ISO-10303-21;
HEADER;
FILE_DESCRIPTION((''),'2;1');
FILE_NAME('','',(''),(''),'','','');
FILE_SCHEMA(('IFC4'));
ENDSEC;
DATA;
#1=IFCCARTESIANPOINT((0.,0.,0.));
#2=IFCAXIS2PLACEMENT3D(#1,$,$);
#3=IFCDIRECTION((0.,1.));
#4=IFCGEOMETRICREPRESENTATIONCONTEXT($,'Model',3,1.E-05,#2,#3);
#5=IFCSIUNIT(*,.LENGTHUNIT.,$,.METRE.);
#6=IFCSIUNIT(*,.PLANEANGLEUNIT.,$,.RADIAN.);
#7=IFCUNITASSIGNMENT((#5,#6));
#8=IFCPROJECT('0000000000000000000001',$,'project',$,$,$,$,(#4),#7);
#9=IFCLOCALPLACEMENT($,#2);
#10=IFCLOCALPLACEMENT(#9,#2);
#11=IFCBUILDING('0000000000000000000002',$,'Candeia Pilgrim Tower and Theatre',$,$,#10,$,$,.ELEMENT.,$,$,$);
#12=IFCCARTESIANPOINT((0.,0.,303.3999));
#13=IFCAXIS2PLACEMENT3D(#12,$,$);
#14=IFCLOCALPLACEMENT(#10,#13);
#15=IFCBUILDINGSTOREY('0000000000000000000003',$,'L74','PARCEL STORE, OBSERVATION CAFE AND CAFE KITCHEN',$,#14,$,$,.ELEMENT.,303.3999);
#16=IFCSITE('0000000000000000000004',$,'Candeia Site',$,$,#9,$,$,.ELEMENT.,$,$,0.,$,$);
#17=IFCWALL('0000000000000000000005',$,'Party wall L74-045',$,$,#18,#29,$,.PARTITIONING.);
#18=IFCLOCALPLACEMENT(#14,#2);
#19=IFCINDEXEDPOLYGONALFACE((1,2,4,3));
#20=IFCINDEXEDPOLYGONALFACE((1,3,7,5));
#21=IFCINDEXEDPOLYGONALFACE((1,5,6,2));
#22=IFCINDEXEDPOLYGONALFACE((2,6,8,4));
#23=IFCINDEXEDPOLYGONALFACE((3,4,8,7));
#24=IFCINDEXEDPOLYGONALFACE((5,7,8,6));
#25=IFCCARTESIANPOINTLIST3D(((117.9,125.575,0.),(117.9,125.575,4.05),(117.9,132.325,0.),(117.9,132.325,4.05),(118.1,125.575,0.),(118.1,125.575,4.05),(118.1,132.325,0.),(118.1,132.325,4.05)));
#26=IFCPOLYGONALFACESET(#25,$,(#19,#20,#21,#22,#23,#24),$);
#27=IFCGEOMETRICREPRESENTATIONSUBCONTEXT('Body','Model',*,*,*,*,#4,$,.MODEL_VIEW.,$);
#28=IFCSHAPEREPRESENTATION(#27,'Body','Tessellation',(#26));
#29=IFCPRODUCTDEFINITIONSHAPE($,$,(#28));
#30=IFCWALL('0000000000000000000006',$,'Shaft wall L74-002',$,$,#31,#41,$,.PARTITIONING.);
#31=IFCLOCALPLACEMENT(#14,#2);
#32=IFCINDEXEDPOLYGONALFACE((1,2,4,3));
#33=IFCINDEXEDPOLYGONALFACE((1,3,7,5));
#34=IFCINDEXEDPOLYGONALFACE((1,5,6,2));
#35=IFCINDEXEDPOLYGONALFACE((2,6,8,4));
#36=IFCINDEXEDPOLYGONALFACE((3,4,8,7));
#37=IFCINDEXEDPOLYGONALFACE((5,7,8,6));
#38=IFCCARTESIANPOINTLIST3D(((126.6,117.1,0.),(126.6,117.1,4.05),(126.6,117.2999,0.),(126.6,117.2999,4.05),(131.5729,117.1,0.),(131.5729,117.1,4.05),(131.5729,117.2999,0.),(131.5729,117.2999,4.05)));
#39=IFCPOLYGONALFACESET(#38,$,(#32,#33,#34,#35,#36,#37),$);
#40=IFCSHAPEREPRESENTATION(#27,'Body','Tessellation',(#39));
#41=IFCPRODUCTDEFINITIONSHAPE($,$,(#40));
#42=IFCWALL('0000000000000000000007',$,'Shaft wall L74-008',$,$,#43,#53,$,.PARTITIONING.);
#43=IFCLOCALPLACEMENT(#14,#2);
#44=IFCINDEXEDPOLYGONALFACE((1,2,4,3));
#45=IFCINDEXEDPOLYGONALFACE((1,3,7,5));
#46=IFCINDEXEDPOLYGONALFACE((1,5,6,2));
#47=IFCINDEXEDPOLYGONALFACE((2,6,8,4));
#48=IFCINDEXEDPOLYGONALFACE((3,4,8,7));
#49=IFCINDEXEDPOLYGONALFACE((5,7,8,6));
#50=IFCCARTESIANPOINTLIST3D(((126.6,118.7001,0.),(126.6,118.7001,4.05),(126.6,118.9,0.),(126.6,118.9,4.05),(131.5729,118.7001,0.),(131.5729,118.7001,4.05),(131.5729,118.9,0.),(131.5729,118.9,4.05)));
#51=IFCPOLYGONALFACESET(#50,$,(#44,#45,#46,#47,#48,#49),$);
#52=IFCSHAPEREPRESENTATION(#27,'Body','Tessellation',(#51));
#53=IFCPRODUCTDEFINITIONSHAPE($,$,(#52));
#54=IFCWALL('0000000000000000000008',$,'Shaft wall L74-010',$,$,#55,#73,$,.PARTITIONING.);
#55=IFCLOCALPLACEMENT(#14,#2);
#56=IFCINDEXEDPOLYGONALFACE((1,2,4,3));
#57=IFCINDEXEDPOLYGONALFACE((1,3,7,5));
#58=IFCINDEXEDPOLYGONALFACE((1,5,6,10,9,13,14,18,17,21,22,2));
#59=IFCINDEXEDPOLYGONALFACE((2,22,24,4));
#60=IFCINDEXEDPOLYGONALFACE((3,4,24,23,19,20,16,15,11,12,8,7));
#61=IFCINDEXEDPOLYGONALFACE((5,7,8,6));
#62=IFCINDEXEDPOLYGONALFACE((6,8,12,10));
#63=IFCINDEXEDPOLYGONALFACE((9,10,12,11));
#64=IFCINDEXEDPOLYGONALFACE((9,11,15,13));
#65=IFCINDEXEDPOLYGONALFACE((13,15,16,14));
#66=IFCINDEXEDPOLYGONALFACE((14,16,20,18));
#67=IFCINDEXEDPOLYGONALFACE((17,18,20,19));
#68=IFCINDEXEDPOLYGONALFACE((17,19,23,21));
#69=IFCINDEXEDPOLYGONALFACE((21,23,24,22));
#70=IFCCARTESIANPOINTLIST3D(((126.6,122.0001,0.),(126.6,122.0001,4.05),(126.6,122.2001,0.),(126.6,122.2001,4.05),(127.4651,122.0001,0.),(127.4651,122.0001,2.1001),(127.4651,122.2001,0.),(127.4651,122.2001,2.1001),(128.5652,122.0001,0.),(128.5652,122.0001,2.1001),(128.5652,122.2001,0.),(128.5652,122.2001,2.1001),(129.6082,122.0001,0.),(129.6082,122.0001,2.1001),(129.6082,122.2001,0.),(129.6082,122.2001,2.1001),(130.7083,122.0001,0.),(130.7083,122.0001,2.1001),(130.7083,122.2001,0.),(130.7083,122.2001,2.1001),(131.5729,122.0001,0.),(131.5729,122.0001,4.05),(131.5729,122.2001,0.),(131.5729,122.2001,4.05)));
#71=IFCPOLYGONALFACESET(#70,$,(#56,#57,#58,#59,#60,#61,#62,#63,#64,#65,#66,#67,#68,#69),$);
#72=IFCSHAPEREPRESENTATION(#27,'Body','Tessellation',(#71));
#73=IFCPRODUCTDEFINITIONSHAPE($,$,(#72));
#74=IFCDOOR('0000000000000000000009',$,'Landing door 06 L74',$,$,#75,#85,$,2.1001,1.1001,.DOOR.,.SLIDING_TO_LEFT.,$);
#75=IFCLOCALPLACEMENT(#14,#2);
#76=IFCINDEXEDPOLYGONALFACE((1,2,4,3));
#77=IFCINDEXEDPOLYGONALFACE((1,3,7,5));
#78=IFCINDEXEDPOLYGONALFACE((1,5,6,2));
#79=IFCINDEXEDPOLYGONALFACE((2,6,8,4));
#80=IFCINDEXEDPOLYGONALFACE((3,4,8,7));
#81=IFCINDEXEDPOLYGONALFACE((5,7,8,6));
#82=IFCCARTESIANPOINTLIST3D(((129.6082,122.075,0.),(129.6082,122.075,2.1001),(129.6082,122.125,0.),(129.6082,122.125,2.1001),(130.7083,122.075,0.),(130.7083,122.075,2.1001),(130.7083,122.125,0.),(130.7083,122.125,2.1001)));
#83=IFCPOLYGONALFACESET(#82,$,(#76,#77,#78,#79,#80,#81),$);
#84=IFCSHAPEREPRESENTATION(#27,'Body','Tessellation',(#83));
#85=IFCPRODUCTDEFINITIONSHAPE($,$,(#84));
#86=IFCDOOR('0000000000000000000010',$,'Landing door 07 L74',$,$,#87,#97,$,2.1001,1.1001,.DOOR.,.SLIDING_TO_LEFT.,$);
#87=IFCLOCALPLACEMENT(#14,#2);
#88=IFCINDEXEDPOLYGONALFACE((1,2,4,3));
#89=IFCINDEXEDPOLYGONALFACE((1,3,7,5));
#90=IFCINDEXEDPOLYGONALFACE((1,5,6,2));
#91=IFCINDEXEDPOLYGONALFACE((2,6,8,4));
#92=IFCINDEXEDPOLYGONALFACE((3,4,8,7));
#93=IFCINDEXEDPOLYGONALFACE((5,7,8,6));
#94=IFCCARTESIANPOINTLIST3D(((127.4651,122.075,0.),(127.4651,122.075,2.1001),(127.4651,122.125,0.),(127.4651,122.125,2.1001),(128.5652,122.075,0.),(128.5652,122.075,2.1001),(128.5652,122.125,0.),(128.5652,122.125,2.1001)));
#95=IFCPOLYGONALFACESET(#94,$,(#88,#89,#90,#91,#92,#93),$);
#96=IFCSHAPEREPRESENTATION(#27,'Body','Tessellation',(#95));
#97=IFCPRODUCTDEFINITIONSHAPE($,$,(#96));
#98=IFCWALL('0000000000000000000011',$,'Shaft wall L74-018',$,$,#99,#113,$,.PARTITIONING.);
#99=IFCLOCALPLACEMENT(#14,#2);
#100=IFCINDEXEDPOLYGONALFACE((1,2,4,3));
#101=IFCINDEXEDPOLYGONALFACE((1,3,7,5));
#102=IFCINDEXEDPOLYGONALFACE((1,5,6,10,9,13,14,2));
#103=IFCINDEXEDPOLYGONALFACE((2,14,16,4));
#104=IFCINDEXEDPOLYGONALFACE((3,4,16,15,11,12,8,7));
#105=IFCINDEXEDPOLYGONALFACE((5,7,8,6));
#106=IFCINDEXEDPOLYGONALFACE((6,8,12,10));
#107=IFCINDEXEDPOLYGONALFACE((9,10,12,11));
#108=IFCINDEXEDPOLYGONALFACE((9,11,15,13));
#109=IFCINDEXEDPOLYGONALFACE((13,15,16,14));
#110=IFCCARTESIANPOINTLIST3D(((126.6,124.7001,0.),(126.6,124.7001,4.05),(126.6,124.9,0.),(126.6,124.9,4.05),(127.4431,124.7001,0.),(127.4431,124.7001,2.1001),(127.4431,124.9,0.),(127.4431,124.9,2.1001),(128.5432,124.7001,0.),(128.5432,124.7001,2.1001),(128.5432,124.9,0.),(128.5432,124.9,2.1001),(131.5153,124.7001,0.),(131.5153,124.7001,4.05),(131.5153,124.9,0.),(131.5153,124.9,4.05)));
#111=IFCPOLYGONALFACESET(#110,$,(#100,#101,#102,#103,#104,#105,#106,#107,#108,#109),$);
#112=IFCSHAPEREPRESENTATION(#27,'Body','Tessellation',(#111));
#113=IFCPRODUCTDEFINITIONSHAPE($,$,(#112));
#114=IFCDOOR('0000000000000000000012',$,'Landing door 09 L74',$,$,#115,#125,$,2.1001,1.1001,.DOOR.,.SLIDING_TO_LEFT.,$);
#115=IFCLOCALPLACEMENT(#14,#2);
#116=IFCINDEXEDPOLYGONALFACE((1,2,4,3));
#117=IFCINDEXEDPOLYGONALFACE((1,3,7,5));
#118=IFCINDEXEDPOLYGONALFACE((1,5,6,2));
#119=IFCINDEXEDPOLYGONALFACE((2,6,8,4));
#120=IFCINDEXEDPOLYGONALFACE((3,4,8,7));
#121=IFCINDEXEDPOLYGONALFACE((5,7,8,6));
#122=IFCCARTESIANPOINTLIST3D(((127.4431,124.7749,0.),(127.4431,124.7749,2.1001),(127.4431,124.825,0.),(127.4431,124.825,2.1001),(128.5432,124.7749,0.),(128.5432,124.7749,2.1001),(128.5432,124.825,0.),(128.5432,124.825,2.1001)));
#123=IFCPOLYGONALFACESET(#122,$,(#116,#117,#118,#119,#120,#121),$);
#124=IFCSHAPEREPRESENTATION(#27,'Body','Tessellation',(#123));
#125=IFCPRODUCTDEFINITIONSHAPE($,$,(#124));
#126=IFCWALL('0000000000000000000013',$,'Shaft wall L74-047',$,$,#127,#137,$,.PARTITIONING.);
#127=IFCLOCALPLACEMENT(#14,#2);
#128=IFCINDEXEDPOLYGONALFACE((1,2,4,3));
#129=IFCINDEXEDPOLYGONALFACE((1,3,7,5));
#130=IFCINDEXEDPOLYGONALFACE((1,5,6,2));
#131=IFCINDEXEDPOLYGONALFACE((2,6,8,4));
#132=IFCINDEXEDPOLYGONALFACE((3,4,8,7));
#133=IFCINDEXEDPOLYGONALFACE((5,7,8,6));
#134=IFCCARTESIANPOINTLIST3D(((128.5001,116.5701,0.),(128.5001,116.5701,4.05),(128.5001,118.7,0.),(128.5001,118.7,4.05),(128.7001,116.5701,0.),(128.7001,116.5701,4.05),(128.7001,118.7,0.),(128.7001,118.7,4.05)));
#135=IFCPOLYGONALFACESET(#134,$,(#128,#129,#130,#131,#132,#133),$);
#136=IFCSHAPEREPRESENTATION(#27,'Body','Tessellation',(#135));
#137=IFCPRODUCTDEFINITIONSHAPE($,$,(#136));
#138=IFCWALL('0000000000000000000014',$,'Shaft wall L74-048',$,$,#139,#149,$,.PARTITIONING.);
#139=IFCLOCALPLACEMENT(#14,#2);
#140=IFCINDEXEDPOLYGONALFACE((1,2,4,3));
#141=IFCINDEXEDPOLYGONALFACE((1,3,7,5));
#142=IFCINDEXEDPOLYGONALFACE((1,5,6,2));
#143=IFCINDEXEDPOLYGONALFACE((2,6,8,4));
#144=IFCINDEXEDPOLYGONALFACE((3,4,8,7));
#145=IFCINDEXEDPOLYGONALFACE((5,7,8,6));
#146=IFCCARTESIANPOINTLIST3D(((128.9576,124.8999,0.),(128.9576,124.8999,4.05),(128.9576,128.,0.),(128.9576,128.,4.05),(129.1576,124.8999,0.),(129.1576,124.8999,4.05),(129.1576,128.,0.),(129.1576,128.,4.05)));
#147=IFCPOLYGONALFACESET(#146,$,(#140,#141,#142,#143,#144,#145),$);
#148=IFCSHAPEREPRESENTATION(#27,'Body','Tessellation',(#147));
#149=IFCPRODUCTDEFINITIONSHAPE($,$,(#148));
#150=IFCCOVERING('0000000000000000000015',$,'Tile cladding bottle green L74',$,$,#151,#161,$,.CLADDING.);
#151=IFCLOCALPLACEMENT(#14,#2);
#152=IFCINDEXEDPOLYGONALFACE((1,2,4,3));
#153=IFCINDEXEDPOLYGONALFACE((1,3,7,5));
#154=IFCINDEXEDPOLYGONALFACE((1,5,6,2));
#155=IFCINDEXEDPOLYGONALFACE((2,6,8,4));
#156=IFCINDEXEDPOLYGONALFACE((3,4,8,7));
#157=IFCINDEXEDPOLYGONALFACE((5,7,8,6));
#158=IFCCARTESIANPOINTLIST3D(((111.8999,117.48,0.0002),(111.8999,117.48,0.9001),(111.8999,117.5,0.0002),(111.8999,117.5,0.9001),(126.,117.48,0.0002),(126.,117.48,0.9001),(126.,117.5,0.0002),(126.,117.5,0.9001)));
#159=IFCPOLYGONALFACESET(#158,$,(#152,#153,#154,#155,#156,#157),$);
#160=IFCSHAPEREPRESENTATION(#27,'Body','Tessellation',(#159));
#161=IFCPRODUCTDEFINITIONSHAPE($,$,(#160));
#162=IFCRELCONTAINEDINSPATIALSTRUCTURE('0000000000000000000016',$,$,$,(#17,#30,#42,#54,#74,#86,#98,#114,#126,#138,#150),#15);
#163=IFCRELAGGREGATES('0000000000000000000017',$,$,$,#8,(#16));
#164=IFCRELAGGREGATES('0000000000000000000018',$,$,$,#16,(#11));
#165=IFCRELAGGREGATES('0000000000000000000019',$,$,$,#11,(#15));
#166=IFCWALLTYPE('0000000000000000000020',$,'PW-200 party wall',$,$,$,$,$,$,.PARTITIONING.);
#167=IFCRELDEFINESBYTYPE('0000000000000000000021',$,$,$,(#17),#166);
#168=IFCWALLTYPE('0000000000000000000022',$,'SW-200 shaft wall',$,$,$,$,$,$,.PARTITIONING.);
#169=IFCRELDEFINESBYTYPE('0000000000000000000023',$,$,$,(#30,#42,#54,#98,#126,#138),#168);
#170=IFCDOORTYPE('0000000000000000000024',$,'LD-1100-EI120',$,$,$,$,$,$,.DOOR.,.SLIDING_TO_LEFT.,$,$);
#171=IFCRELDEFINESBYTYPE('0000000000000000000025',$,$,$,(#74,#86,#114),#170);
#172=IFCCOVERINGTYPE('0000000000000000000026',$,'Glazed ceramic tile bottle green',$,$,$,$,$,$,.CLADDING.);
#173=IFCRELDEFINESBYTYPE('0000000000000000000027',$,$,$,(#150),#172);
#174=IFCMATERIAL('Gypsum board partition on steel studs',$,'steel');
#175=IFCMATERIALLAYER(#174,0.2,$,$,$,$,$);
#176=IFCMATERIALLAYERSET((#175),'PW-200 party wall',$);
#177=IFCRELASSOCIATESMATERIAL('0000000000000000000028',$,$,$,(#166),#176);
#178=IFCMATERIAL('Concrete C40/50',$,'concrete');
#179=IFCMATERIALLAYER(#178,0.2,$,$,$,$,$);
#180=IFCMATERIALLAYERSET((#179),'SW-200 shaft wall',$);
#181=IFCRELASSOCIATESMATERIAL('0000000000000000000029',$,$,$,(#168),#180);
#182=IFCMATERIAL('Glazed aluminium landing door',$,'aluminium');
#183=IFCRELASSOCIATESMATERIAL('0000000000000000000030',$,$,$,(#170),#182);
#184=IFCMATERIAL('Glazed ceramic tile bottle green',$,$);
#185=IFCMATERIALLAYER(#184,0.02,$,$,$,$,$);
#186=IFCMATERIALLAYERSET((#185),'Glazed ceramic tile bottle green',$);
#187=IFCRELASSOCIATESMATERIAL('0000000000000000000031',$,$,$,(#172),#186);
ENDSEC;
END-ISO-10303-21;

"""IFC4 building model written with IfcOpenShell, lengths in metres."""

from ifc_helpers import new_model, si_unit, direction, frame, frame_2d, origin, origin_2d, place, context, subcontext, project, spatial, rectangle, extrude, material, layer, layer_set, type_object, element, fill, save


model = new_model("IFC4")

# Units and contexts
model_context = context("Model", 3, precision=1e-05, world=origin(), true_north=direction((0.0, 1.0)))
body_context = subcontext(model_context, "Body", "Model", "MODEL_VIEW")
ifc_project = project(units=[si_unit("LENGTHUNIT", "METRE"), si_unit("PLANEANGLEUNIT", "RADIAN")], contexts=[model_context])

# Site, building, storey
site_placement = place(None, origin())
site = spatial("IfcSite", under=ifc_project, at=site_placement, Name="Candeia Site", CompositionType="ELEMENT", RefElevation=0.0)
building_placement = place(site_placement, origin())
building = spatial("IfcBuilding", under=site, at=building_placement, Name="Candeia Pilgrim Tower and Theatre", CompositionType="ELEMENT")
storey_placement = place(building_placement, frame((0.0, 0.0, 303.3999)))
storey = spatial("IfcBuildingStorey", under=building, at=storey_placement, Name="L74", Description="PARCEL STORE, OBSERVATION CAFE AND CAFE KITCHEN", CompositionType="ELEMENT", Elevation=303.3999)

# Shared definitions
ifc_material_1 = material(Name="Concrete C40/50", Category="concrete")

# Shared definitions
ifc_material_2 = material(Name="Gypsum board partition on steel studs", Category="steel")

# Walls
ifc_layer_1 = layer(ifc_material_2, 0.2)
ifc_layer_set_1 = layer_set([ifc_layer_1], Name="PW-200 party wall")
wall_type_1 = type_object("IfcWallType", Name="PW-200 party wall", PredefinedType="PARTITIONING", material=ifc_layer_set_1)
for number, where, z_axis, x_axis, name in (
    (1, (118.0, 125.575, 0.0), (0.0, 0.0, 1.0), (0.0, 1.0, 0.0), "Party wall L74-045"),
):
    element("IfcWall", number, at=place(storey_placement, frame(where, z_axis=z_axis, x_axis=x_axis)), inside=storey, type_object=wall_type_1, Name=name, PredefinedType="PARTITIONING", context=body_context, shape_type="SweptSolid", body=[
        extrude(rectangle(XDim=6.75, YDim=0.2, at=frame_2d((3.375, 0.0))), origin(), (0.0, 0.0, 1.0), 4.05),
    ])
ifc_layer_2 = layer(ifc_material_1, 0.2)
ifc_layer_set_2 = layer_set([ifc_layer_2], Name="SW-200 shaft wall")
wall_type_2 = type_object("IfcWallType", Name="SW-200 shaft wall", PredefinedType="PARTITIONING", material=ifc_layer_set_2)
for number, where, z_axis, x_axis, name in (
    (2, (126.6001, 117.2, 0.0), (0.0, 0.0, 1.0), (1.0, 0.0, 0.0), "Shaft wall L74-002"),
    (3, (126.6001, 118.8, 0.0), (0.0, 0.0, 1.0), (1.0, 0.0, 0.0), "Shaft wall L74-008"),
):
    element("IfcWall", number, at=place(storey_placement, frame(where, z_axis=z_axis, x_axis=x_axis)), inside=storey, type_object=wall_type_2, Name=name, PredefinedType="PARTITIONING", context=body_context, shape_type="SweptSolid", body=[
        extrude(rectangle(XDim=4.9729, YDim=0.2, at=frame_2d((2.4863, 0.0))), origin(), (0.0, 0.0, 1.0), 4.05),
    ])

# Wall, openings, doors
wall_1_placement = place(storey_placement, frame((126.6001, 122.1001, 0.0), z_axis=(0.0, 0.0, 1.0), x_axis=(1.0, 0.0, 0.0)))
wall_1 = element("IfcWall", 4, at=wall_1_placement, inside=storey, type_object=wall_type_2, Name="Shaft wall L74-010", PredefinedType="PARTITIONING", context=body_context, shape_type="SweptSolid", body=[
    extrude(rectangle(XDim=4.9729, YDim=0.2, at=frame_2d((2.4863, 0.0))), origin(), (0.0, 0.0, 1.0), 4.05),
])
opening_1_placement = place(wall_1_placement, frame((3.0081, 0.0, 0.0)))
opening_1 = element("IfcOpeningElement", 5, at=opening_1_placement, cuts=wall_1, PredefinedType="OPENING", context=body_context, shape_type="SweptSolid", body=[
    extrude(rectangle(XDim=1.1001, YDim=2.1001, at=frame_2d((0.55, 1.05))), frame((0.0, 0.1099, 0.0), z_axis=(0.0, -1.0, 0.0), x_axis=(1.0, 0.0, 0.0)), (0.0, 0.0, 1.0), 0.22),
])
opening_2_placement = place(wall_1_placement, frame((0.865, 0.0, 0.0)))
opening_2 = element("IfcOpeningElement", 6, at=opening_2_placement, cuts=wall_1, PredefinedType="OPENING", context=body_context, shape_type="SweptSolid", body=[
    extrude(rectangle(XDim=1.1001, YDim=2.1001, at=frame_2d((0.55, 1.05))), frame((0.0, 0.1099, 0.0), z_axis=(0.0, -1.0, 0.0), x_axis=(1.0, 0.0, 0.0)), (0.0, 0.0, 1.0), 0.22),
])
ifc_material_3 = material(Name="Glazed aluminium landing door", Category="aluminium")
door_type_1 = type_object("IfcDoorType", Name="LD-1100-EI120", OperationType="SLIDING_TO_LEFT", PredefinedType="DOOR", material=ifc_material_3)
door_1_placement = place(opening_1_placement, origin())
door_1 = element("IfcDoor", 7, at=door_1_placement, inside=storey, type_object=door_type_1, Name="Landing door 06 L74", OperationType="SLIDING_TO_LEFT", OverallHeight=2.1001, OverallWidth=1.1001, PredefinedType="DOOR", context=body_context, shape_type="SweptSolid", body=[
    extrude(rectangle(XDim=1.1001, YDim=2.1001, at=frame_2d((0.55, 1.05))), frame((0.0, 0.0249, 0.0), z_axis=(0.0, -1.0, 0.0), x_axis=(1.0, 0.0, 0.0)), (0.0, 0.0, 1.0), 0.05),
])
fill(opening_1, door_1)
door_2_placement = place(opening_2_placement, origin())
door_2 = element("IfcDoor", 8, at=door_2_placement, inside=storey, type_object=door_type_1, Name="Landing door 07 L74", OperationType="SLIDING_TO_LEFT", OverallHeight=2.1001, OverallWidth=1.1001, PredefinedType="DOOR", context=body_context, shape_type="SweptSolid", body=[
    extrude(rectangle(XDim=1.1001, YDim=2.1001, at=frame_2d((0.55, 1.05))), frame((0.0, 0.0249, 0.0), z_axis=(0.0, -1.0, 0.0), x_axis=(1.0, 0.0, 0.0)), (0.0, 0.0, 1.0), 0.05),
])
fill(opening_2, door_2)

# Wall, opening, door
wall_2_placement = place(storey_placement, frame((126.6001, 124.8, 0.0), z_axis=(0.0, 0.0, 1.0), x_axis=(1.0, 0.0, 0.0)))
wall_2 = element("IfcWall", 9, at=wall_2_placement, inside=storey, type_object=wall_type_2, Name="Shaft wall L74-018", PredefinedType="PARTITIONING", context=body_context, shape_type="SweptSolid", body=[
    extrude(rectangle(XDim=4.9153, YDim=0.2, at=frame_2d((2.4575, 0.0))), origin(), (0.0, 0.0, 1.0), 4.05),
])
opening_3_placement = place(wall_2_placement, frame((0.843, 0.0, 0.0)))
opening_3 = element("IfcOpeningElement", 10, at=opening_3_placement, cuts=wall_2, PredefinedType="OPENING", context=body_context, shape_type="SweptSolid", body=[
    extrude(rectangle(XDim=1.1001, YDim=2.1001, at=frame_2d((0.55, 1.05))), frame((0.0, 0.1099, 0.0), z_axis=(0.0, -1.0, 0.0), x_axis=(1.0, 0.0, 0.0)), (0.0, 0.0, 1.0), 0.22),
])
door_3_placement = place(opening_3_placement, origin())
door_3 = element("IfcDoor", 11, at=door_3_placement, inside=storey, type_object=door_type_1, Name="Landing door 09 L74", OperationType="SLIDING_TO_LEFT", OverallHeight=2.1001, OverallWidth=1.1001, PredefinedType="DOOR", context=body_context, shape_type="SweptSolid", body=[
    extrude(rectangle(XDim=1.1001, YDim=2.1001, at=frame_2d((0.55, 1.05))), frame((0.0, 0.0249, 0.0), z_axis=(0.0, -1.0, 0.0), x_axis=(1.0, 0.0, 0.0)), (0.0, 0.0, 1.0), 0.05),
])
fill(opening_3, door_3)

# Walls
wall_3_placement = place(storey_placement, frame((128.6001, 116.5701, 0.0), z_axis=(0.0, 0.0, 1.0), x_axis=(0.0, 1.0, 0.0)))
element("IfcWall", 12, at=wall_3_placement, inside=storey, type_object=wall_type_2, Name="Shaft wall L74-047", PredefinedType="PARTITIONING", context=body_context, shape_type="SweptSolid", body=[
    extrude(rectangle(XDim=2.1299, YDim=0.2, at=frame_2d((1.0649, 0.0))), origin(), (0.0, 0.0, 1.0), 4.05),
])
wall_4_placement = place(storey_placement, frame((129.0576, 124.8999, 0.0), z_axis=(0.0, 0.0, 1.0), x_axis=(0.0, 1.0, 0.0)))
element("IfcWall", 13, at=wall_4_placement, inside=storey, type_object=wall_type_2, Name="Shaft wall L74-048", PredefinedType="PARTITIONING", context=body_context, shape_type="SweptSolid", body=[
    extrude(rectangle(XDim=3.1001, YDim=0.2, at=frame_2d((1.55, 0.0))), origin(), (0.0, 0.0, 1.0), 4.05),
])

# Covering
ifc_material_4 = material(Name="Glazed ceramic tile bottle green")
ifc_layer_3 = layer(ifc_material_4, 0.02)
ifc_layer_set_3 = layer_set([ifc_layer_3], Name="Glazed ceramic tile bottle green")
covering_type = type_object("IfcCoveringType", Name="Glazed ceramic tile bottle green", PredefinedType="CLADDING", material=ifc_layer_set_3)
covering_placement = place(storey_placement, frame((118.95, 117.49, 0.0002), z_axis=(0.0, 0.0, 1.0), x_axis=(1.0, 0.0, 0.0)))
element("IfcCovering", 14, at=covering_placement, inside=storey, type_object=covering_type, Name="Tile cladding bottle green L74", PredefinedType="CLADDING", context=body_context, shape_type="SweptSolid", body=[
    extrude(rectangle(XDim=14.1001, YDim=0.02, at=origin_2d()), origin(), (0.0, 0.0, 1.0), 0.8999),
])

save(model, "model.ifc")
